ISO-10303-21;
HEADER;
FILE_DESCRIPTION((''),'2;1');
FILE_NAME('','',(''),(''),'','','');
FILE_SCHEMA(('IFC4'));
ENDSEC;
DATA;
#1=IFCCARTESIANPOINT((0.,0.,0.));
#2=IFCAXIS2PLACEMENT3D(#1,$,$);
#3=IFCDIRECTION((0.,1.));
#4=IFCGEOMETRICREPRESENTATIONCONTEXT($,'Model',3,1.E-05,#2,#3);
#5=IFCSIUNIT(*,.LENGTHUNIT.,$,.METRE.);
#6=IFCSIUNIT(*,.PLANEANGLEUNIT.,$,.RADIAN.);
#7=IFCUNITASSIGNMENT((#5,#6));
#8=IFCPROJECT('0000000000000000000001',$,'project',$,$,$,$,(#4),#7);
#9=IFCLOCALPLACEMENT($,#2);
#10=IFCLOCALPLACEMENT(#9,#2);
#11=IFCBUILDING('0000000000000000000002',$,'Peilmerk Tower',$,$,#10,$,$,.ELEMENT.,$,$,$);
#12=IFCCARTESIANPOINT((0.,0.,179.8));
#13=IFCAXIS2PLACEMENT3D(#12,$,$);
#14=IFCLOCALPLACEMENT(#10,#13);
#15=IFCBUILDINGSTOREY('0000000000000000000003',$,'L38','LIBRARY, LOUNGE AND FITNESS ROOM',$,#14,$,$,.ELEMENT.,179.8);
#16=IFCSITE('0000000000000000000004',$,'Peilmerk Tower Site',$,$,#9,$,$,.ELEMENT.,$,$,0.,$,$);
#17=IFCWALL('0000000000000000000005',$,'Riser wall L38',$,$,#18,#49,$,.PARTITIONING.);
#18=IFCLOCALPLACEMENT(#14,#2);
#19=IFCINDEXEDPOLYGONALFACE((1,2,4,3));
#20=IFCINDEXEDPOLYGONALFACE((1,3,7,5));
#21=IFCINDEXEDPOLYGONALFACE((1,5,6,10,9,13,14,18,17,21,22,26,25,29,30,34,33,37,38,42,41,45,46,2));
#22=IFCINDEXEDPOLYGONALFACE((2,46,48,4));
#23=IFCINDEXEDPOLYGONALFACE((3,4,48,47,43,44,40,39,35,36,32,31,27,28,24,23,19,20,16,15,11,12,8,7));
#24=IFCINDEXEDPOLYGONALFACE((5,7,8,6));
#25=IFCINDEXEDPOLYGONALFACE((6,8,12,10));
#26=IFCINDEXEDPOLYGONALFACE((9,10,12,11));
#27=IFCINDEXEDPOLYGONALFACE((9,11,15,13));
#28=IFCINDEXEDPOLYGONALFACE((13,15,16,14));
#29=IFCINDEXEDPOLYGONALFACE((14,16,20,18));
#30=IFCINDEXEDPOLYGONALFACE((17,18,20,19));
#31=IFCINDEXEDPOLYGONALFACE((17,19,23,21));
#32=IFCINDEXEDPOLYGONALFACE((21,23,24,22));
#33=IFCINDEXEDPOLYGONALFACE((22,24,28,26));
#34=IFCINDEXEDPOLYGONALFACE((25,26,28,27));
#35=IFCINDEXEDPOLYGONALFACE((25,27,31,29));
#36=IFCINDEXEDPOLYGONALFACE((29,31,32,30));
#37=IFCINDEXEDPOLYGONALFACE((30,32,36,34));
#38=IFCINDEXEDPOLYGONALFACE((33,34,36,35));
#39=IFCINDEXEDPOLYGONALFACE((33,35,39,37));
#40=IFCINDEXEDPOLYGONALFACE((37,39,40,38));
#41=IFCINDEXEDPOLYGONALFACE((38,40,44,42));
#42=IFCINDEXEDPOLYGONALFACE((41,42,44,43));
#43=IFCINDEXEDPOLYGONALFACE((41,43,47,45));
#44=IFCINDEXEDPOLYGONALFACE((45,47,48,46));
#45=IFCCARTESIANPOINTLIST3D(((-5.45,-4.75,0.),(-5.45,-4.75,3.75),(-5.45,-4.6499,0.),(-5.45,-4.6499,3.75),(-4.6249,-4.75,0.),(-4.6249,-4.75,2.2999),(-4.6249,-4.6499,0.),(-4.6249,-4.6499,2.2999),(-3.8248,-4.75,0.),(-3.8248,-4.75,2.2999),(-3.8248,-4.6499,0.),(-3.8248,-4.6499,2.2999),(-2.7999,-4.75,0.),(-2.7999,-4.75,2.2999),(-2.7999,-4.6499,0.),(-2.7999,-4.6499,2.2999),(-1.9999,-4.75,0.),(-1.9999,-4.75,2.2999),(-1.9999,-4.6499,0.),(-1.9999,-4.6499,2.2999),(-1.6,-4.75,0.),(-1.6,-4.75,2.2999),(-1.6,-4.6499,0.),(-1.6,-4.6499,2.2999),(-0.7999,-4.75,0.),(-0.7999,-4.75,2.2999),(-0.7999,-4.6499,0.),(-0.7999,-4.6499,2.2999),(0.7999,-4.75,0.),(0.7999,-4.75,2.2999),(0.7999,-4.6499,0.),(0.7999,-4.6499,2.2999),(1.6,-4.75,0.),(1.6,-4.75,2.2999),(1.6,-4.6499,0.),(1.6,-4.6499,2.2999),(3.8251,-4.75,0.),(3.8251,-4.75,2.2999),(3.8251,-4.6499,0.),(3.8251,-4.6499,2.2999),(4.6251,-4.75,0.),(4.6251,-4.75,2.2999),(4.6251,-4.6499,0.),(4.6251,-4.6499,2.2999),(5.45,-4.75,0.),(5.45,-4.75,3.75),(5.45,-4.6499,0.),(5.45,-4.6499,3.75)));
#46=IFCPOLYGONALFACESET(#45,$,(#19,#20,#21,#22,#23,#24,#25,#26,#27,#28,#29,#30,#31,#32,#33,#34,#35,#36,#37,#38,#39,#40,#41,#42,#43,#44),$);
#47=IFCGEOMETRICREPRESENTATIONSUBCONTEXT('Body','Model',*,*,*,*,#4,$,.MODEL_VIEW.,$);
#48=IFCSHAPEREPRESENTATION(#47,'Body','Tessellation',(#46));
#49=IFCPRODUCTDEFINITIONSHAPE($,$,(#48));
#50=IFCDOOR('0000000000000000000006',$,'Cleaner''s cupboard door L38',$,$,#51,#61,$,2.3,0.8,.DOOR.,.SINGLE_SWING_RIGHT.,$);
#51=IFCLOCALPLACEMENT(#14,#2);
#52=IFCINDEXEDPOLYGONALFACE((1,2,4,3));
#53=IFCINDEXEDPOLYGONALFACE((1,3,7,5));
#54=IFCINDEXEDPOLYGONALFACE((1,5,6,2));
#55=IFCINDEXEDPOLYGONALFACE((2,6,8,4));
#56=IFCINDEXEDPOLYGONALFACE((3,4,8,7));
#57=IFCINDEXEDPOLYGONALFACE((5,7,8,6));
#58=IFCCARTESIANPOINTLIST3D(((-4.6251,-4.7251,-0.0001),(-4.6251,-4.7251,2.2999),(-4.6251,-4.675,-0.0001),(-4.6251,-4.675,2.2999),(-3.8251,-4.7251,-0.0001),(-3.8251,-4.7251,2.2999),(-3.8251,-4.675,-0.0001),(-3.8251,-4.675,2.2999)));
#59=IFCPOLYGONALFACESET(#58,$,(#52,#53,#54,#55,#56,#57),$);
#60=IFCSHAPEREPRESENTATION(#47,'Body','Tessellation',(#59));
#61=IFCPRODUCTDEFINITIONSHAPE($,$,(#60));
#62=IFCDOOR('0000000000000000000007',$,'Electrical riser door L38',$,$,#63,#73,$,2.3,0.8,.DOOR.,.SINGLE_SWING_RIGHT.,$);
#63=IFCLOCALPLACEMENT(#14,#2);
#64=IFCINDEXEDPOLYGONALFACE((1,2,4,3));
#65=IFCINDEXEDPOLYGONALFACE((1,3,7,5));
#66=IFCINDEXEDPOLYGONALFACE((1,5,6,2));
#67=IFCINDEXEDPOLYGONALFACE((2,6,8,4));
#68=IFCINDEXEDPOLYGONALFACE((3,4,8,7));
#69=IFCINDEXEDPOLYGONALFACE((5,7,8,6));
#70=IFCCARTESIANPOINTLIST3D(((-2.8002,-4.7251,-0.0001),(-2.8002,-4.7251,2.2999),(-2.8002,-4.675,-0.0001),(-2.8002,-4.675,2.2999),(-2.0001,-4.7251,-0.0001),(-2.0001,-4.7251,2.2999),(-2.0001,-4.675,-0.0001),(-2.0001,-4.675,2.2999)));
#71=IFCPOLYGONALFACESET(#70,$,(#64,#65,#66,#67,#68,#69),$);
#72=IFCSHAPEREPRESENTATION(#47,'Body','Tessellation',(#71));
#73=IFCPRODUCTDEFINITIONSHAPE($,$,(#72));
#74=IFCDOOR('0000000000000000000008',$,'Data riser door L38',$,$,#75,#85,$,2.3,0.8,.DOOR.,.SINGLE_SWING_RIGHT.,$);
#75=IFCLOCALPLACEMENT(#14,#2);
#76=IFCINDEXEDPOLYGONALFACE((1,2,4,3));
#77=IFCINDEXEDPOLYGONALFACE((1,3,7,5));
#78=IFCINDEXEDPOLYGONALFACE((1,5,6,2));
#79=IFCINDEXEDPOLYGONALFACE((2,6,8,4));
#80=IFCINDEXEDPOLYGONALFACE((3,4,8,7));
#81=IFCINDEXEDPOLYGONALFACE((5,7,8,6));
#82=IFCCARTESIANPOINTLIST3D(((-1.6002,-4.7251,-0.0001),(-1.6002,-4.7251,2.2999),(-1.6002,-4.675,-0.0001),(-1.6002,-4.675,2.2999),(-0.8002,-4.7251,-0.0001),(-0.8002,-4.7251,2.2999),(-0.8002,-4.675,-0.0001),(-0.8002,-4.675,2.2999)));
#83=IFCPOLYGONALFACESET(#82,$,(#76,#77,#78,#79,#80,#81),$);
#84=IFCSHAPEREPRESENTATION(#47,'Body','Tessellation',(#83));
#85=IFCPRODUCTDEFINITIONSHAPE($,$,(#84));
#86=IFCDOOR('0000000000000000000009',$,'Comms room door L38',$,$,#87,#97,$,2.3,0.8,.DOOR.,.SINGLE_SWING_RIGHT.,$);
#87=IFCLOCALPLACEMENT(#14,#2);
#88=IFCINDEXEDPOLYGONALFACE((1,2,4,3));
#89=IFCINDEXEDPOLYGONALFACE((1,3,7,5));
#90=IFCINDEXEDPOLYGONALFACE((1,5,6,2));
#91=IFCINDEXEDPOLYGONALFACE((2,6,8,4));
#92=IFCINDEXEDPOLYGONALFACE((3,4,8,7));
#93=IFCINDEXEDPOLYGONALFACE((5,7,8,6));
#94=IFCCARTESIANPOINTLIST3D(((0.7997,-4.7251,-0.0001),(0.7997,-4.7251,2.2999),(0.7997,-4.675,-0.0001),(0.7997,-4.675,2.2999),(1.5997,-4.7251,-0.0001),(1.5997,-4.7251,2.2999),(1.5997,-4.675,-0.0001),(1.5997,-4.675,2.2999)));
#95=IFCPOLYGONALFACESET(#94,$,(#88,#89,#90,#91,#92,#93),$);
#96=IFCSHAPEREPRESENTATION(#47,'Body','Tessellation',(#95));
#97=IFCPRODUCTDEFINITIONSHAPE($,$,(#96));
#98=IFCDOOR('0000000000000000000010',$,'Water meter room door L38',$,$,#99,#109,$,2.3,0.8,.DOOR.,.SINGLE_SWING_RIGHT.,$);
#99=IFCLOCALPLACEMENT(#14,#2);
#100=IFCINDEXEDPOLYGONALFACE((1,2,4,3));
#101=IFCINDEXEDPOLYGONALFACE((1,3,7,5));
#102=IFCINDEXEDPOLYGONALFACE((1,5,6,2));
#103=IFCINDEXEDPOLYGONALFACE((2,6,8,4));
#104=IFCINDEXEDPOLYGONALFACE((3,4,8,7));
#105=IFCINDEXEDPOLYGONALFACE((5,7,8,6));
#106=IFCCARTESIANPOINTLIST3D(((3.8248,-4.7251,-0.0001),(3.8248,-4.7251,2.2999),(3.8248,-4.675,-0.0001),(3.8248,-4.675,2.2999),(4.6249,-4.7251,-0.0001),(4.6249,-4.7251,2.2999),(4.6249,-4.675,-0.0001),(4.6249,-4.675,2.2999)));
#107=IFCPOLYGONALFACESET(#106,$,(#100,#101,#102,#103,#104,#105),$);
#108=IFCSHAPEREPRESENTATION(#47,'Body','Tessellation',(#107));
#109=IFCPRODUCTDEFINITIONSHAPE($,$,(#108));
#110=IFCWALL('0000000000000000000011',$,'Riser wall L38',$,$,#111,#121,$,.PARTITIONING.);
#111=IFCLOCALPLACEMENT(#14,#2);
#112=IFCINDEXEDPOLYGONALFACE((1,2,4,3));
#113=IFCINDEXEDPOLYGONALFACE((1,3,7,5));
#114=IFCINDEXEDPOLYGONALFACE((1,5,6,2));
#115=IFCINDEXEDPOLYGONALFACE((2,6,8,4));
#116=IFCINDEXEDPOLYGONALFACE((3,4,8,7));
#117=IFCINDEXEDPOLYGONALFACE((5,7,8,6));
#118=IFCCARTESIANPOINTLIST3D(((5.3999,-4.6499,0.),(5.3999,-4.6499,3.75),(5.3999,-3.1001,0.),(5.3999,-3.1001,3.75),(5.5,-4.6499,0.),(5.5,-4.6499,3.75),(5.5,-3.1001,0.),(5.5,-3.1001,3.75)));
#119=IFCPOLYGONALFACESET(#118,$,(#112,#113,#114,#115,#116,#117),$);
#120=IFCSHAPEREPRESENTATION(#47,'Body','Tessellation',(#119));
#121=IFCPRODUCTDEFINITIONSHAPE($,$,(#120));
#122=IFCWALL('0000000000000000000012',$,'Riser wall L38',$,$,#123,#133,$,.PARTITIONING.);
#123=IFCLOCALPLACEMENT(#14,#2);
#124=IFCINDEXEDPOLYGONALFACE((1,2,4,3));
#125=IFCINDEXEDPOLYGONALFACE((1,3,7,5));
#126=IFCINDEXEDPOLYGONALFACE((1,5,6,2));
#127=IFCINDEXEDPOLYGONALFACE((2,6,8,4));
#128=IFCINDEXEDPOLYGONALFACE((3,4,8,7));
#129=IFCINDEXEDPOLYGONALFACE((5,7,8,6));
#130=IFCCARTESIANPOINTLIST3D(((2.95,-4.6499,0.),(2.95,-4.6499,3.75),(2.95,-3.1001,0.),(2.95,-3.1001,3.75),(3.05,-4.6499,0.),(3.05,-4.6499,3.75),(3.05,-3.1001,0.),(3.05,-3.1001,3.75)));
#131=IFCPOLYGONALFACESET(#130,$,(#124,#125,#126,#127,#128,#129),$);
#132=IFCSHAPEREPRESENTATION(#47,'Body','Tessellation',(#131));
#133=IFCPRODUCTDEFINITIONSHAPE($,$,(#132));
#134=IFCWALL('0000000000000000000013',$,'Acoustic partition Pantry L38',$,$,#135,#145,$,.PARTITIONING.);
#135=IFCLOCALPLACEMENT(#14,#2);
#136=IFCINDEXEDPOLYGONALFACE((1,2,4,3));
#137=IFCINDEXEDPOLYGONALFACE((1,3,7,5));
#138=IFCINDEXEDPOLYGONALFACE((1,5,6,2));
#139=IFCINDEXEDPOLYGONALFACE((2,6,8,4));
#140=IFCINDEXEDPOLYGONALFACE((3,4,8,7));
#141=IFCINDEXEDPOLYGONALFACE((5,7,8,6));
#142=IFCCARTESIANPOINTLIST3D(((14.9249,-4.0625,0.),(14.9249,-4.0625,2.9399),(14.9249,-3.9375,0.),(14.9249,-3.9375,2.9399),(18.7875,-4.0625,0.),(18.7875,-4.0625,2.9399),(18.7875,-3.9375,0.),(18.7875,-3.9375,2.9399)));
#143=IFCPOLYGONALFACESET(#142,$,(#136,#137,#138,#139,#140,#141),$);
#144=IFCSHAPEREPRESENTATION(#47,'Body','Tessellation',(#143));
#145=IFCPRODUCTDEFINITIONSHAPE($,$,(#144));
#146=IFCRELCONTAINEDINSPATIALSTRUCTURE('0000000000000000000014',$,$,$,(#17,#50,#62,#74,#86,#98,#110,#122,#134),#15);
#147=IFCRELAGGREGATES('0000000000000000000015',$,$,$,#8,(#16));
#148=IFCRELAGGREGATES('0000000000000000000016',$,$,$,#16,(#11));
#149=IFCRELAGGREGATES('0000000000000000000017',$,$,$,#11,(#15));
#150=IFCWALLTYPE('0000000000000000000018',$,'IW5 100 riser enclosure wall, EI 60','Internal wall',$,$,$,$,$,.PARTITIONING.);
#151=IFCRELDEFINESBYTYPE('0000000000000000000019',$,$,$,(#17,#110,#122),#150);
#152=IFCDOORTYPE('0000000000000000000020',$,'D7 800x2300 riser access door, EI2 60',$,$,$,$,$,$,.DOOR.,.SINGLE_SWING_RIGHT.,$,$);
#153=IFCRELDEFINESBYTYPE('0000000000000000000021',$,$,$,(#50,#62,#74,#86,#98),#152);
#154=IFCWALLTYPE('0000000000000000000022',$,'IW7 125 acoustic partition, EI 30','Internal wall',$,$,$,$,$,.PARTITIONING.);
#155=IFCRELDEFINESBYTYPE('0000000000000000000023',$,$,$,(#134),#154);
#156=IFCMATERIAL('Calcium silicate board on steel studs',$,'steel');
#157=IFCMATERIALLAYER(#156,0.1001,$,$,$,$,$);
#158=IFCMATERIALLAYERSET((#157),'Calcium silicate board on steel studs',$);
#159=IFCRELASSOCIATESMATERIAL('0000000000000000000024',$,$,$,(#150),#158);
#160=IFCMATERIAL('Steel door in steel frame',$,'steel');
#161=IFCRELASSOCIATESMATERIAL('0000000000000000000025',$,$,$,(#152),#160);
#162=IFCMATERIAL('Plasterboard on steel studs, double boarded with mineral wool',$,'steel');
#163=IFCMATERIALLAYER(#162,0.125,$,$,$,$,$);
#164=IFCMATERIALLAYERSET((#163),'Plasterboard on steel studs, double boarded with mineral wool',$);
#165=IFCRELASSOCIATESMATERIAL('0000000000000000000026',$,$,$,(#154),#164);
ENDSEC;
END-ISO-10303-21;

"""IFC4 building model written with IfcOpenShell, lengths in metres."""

from ifc_helpers import new_model, si_unit, direction, frame, frame_2d, origin, place, context, subcontext, project, spatial, rectangle, extrude, material, layer, layer_set, type_object, element, fill, save


model = new_model("IFC4")

# Units and contexts
model_context = context("Model", 3, precision=1e-05, world=origin(), true_north=direction((0.0, 1.0)))
body_context = subcontext(model_context, "Body", "Model", "MODEL_VIEW")
ifc_project = project(units=[si_unit("LENGTHUNIT", "METRE"), si_unit("PLANEANGLEUNIT", "RADIAN")], contexts=[model_context])

# Site, building, storey
site_placement = place(None, origin())
site = spatial("IfcSite", under=ifc_project, at=site_placement, Name="Peilmerk Tower Site", CompositionType="ELEMENT", RefElevation=0.0)
building_placement = place(site_placement, origin())
building = spatial("IfcBuilding", under=site, at=building_placement, Name="Peilmerk Tower", CompositionType="ELEMENT")
storey_placement = place(building_placement, frame((0.0, 0.0, 179.8)))
storey = spatial("IfcBuildingStorey", under=building, at=storey_placement, Name="L38", Description="LIBRARY, LOUNGE AND FITNESS ROOM", CompositionType="ELEMENT", Elevation=179.8)

# Shared definitions
ifc_material_1 = material(Name="Steel door in steel frame", Category="steel")

# Shared definitions
ifc_material_2 = material(Name="Calcium silicate board on steel studs", Category="steel")
ifc_layer_1 = layer(ifc_material_2, 0.1001)
ifc_layer_set_1 = layer_set([ifc_layer_1], Name="Calcium silicate board on steel studs")
wall_type_1 = type_object("IfcWallType", Name="IW5 100 riser enclosure wall, EI 60", Description="Internal wall", PredefinedType="PARTITIONING", material=ifc_layer_set_1)

# Wall, openings, doors
wall_1_placement = place(storey_placement, frame((5.45, -4.7, 0.0), z_axis=(0.0, 0.0, 1.0), x_axis=(-1.0, 0.0, 0.0)))
wall_1 = element("IfcWall", 1, at=wall_1_placement, inside=storey, type_object=wall_type_1, Name="Riser wall L38", PredefinedType="PARTITIONING", context=body_context, shape_type="SweptSolid", body=[
    extrude(rectangle(XDim=10.8999, YDim=0.1001, at=frame_2d((5.45, 0.0))), origin(), (0.0, 0.0, 1.0), 3.75),
])
opening_1_placement = place(wall_1_placement, frame((9.2749, 0.0, 0.0)))
opening_1 = element("IfcOpeningElement", 2, at=opening_1_placement, cuts=wall_1, PredefinedType="OPENING", context=body_context, shape_type="SweptSolid", body=[
    extrude(rectangle(XDim=0.8, YDim=2.3, at=frame_2d((0.3999, 1.1499))), frame((0.0, 0.0601, 0.0), z_axis=(0.0, -1.0, 0.0), x_axis=(1.0, 0.0, 0.0)), (0.0, 0.0, 1.0), 0.1201),
])
opening_2_placement = place(wall_1_placement, frame((7.45, 0.0, 0.0)))
opening_2 = element("IfcOpeningElement", 3, at=opening_2_placement, cuts=wall_1, PredefinedType="OPENING", context=body_context, shape_type="SweptSolid", body=[
    extrude(rectangle(XDim=0.8, YDim=2.3, at=frame_2d((0.3999, 1.1499))), frame((0.0, 0.0601, 0.0), z_axis=(0.0, -1.0, 0.0), x_axis=(1.0, 0.0, 0.0)), (0.0, 0.0, 1.0), 0.1201),
])
opening_3_placement = place(wall_1_placement, frame((6.25, 0.0, 0.0)))
opening_3 = element("IfcOpeningElement", 4, at=opening_3_placement, cuts=wall_1, PredefinedType="OPENING", context=body_context, shape_type="SweptSolid", body=[
    extrude(rectangle(XDim=0.8, YDim=2.3, at=frame_2d((0.3999, 1.1499))), frame((0.0, 0.0601, 0.0), z_axis=(0.0, -1.0, 0.0), x_axis=(1.0, 0.0, 0.0)), (0.0, 0.0, 1.0), 0.1201),
])
opening_4_placement = place(wall_1_placement, frame((3.8501, 0.0, 0.0)))
opening_4 = element("IfcOpeningElement", 5, at=opening_4_placement, cuts=wall_1, PredefinedType="OPENING", context=body_context, shape_type="SweptSolid", body=[
    extrude(rectangle(XDim=0.8, YDim=2.3, at=frame_2d((0.3999, 1.1499))), frame((0.0, 0.0601, 0.0), z_axis=(0.0, -1.0, 0.0), x_axis=(1.0, 0.0, 0.0)), (0.0, 0.0, 1.0), 0.1201),
])
opening_5_placement = place(wall_1_placement, frame((0.825, 0.0, 0.0)))
opening_5 = element("IfcOpeningElement", 6, at=opening_5_placement, cuts=wall_1, PredefinedType="OPENING", context=body_context, shape_type="SweptSolid", body=[
    extrude(rectangle(XDim=0.8, YDim=2.3, at=frame_2d((0.3999, 1.1499))), frame((0.0, 0.0601, 0.0), z_axis=(0.0, -1.0, 0.0), x_axis=(1.0, 0.0, 0.0)), (0.0, 0.0, 1.0), 0.1201),
])
door_type_1 = type_object("IfcDoorType", Name="D7 800x2300 riser access door, EI2 60", OperationType="SINGLE_SWING_RIGHT", PredefinedType="DOOR", material=ifc_material_1)
door_1_placement = place(opening_1_placement, frame((0.8, 0.0, 0.0), z_axis=(0.0, 0.0, 1.0), x_axis=(-1.0, 0.0, 0.0)))
door_1 = element("IfcDoor", 7, at=door_1_placement, inside=storey, type_object=door_type_1, Name="Cleaner's cupboard door L38", OperationType="SINGLE_SWING_RIGHT", OverallHeight=2.3, OverallWidth=0.8, PredefinedType="DOOR", context=body_context, shape_type="SweptSolid", body=[
    extrude(rectangle(XDim=0.8, YDim=2.3, at=frame_2d((0.3999, 1.1499))), frame((0.0, 0.0249, 0.0), z_axis=(0.0, -1.0, 0.0), x_axis=(1.0, 0.0, 0.0)), (0.0, 0.0, 1.0), 0.05),
])
fill(opening_1, door_1)
door_2_placement = place(opening_2_placement, frame((0.8, 0.0, 0.0), z_axis=(0.0, 0.0, 1.0), x_axis=(-1.0, 0.0, 0.0)))
door_2 = element("IfcDoor", 8, at=door_2_placement, inside=storey, type_object=door_type_1, Name="Electrical riser door L38", OperationType="SINGLE_SWING_RIGHT", OverallHeight=2.3, OverallWidth=0.8, PredefinedType="DOOR", context=body_context, shape_type="SweptSolid", body=[
    extrude(rectangle(XDim=0.8, YDim=2.3, at=frame_2d((0.3999, 1.1499))), frame((0.0, 0.0249, 0.0), z_axis=(0.0, -1.0, 0.0), x_axis=(1.0, 0.0, 0.0)), (0.0, 0.0, 1.0), 0.05),
])
fill(opening_2, door_2)
door_3_placement = place(opening_3_placement, frame((0.8, 0.0, 0.0), z_axis=(0.0, 0.0, 1.0), x_axis=(-1.0, 0.0, 0.0)))
door_3 = element("IfcDoor", 9, at=door_3_placement, inside=storey, type_object=door_type_1, Name="Data riser door L38", OperationType="SINGLE_SWING_RIGHT", OverallHeight=2.3, OverallWidth=0.8, PredefinedType="DOOR", context=body_context, shape_type="SweptSolid", body=[
    extrude(rectangle(XDim=0.8, YDim=2.3, at=frame_2d((0.3999, 1.1499))), frame((0.0, 0.0249, 0.0), z_axis=(0.0, -1.0, 0.0), x_axis=(1.0, 0.0, 0.0)), (0.0, 0.0, 1.0), 0.05),
])
fill(opening_3, door_3)
door_4_placement = place(opening_4_placement, frame((0.8, 0.0, 0.0), z_axis=(0.0, 0.0, 1.0), x_axis=(-1.0, 0.0, 0.0)))
door_4 = element("IfcDoor", 10, at=door_4_placement, inside=storey, type_object=door_type_1, Name="Comms room door L38", OperationType="SINGLE_SWING_RIGHT", OverallHeight=2.3, OverallWidth=0.8, PredefinedType="DOOR", context=body_context, shape_type="SweptSolid", body=[
    extrude(rectangle(XDim=0.8, YDim=2.3, at=frame_2d((0.3999, 1.1499))), frame((0.0, 0.0249, 0.0), z_axis=(0.0, -1.0, 0.0), x_axis=(1.0, 0.0, 0.0)), (0.0, 0.0, 1.0), 0.05),
])
fill(opening_4, door_4)
door_5_placement = place(opening_5_placement, frame((0.8, 0.0, 0.0), z_axis=(0.0, 0.0, 1.0), x_axis=(-1.0, 0.0, 0.0)))
door_5 = element("IfcDoor", 11, at=door_5_placement, inside=storey, type_object=door_type_1, Name="Water meter room door L38", OperationType="SINGLE_SWING_RIGHT", OverallHeight=2.3, OverallWidth=0.8, PredefinedType="DOOR", context=body_context, shape_type="SweptSolid", body=[
    extrude(rectangle(XDim=0.8, YDim=2.3, at=frame_2d((0.3999, 1.1499))), frame((0.0, 0.0249, 0.0), z_axis=(0.0, -1.0, 0.0), x_axis=(1.0, 0.0, 0.0)), (0.0, 0.0, 1.0), 0.05),
])
fill(opening_5, door_5)

# Walls
for number, where, z_axis, x_axis, name in (
    (12, (5.45, -3.1001, 0.0), (0.0, 0.0, 1.0), (0.0, -1.0, 0.0), "Riser wall L38"),
    (13, (3.0, -3.1001, 0.0), (0.0, 0.0, 1.0), (0.0, -1.0, 0.0), "Riser wall L38"),
):
    element("IfcWall", number, at=place(storey_placement, frame(where, z_axis=z_axis, x_axis=x_axis)), inside=storey, type_object=wall_type_1, Name=name, PredefinedType="PARTITIONING", context=body_context, shape_type="SweptSolid", body=[
        extrude(rectangle(XDim=1.5498, YDim=0.1001, at=frame_2d((0.7749, 0.0))), origin(), (0.0, 0.0, 1.0), 3.75),
    ])
ifc_material_3 = material(Name="Plasterboard on steel studs, double boarded with mineral wool", Category="steel")
ifc_layer_2 = layer(ifc_material_3, 0.125)
ifc_layer_set_2 = layer_set([ifc_layer_2], Name="Plasterboard on steel studs, double boarded with mineral wool")
wall_type_2 = type_object("IfcWallType", Name="IW7 125 acoustic partition, EI 30", Description="Internal wall", PredefinedType="PARTITIONING", material=ifc_layer_set_2)
wall_2_placement = place(storey_placement, frame((14.925, -4.0, 0.0), z_axis=(0.0, 0.0, 1.0), x_axis=(1.0, 0.0, 0.0)))
element("IfcWall", 14, at=wall_2_placement, inside=storey, type_object=wall_type_2, Name="Acoustic partition Pantry L38", PredefinedType="PARTITIONING", context=body_context, shape_type="SweptSolid", body=[
    extrude(rectangle(XDim=3.8625, YDim=0.125, at=frame_2d((1.9312, 0.0))), origin(), (0.0, 0.0, 1.0), 2.9399),
])

save(model, "model.ifc")
